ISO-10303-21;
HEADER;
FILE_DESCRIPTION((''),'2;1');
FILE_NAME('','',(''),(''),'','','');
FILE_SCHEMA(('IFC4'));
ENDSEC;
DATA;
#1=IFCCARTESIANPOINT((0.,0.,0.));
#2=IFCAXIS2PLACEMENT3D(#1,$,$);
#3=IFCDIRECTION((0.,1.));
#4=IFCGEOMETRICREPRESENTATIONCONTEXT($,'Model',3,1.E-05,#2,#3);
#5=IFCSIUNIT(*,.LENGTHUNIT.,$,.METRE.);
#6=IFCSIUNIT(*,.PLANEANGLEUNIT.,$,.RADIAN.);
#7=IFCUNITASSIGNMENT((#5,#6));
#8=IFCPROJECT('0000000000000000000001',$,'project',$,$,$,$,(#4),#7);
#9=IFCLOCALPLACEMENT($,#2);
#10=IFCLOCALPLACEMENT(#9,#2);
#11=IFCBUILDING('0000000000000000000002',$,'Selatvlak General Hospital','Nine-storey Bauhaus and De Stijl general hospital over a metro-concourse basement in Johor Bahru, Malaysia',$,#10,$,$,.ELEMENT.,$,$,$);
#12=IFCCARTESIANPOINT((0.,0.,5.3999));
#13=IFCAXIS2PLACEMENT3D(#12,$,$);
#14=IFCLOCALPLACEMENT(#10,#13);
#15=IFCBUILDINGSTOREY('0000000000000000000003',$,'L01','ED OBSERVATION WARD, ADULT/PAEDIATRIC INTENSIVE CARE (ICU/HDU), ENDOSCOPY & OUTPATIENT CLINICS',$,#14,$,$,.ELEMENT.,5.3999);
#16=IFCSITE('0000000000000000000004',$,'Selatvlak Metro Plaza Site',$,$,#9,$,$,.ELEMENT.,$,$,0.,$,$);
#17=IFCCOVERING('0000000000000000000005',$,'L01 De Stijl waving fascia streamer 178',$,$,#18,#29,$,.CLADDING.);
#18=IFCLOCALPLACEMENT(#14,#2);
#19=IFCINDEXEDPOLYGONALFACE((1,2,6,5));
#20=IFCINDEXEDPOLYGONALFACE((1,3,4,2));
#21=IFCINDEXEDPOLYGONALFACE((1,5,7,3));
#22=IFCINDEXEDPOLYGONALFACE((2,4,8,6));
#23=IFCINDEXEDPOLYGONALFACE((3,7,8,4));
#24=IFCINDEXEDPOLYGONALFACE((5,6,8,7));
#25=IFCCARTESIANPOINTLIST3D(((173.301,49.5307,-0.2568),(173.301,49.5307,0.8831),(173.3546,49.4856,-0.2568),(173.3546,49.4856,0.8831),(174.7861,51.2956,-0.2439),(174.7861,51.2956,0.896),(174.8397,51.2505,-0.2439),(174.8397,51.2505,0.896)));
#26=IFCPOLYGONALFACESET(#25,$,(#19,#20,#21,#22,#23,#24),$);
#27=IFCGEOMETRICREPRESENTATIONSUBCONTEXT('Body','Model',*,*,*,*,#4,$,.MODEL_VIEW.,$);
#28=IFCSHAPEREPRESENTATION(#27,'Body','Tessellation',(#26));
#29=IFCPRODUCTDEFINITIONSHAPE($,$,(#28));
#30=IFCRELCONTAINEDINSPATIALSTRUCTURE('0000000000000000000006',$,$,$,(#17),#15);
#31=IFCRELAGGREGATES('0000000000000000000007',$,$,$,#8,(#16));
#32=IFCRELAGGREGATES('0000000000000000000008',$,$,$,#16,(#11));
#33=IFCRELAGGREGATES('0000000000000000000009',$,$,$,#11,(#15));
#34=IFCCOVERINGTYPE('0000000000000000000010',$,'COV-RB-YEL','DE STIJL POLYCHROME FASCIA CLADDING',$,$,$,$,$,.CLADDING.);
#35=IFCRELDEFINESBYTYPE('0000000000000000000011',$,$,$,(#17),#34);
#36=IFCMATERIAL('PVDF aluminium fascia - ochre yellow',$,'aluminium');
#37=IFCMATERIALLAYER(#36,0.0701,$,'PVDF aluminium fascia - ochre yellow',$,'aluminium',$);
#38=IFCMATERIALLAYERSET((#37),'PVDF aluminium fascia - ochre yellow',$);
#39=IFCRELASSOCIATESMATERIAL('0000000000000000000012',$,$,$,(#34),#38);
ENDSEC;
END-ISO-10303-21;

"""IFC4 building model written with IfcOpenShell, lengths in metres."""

from ifc_helpers import new_model, si_unit, direction, frame, origin, place, context, subcontext, project, spatial, polyline, outline, extrude, material, layer, layer_set, type_object, element, save


model = new_model("IFC4")

# Units and contexts
model_context = context("Model", 3, precision=1e-05, world=origin(), true_north=direction((0.0, 1.0)))
body_context = subcontext(model_context, "Body", "Model", "MODEL_VIEW")
ifc_project = project(units=[si_unit("LENGTHUNIT", "METRE"), si_unit("PLANEANGLEUNIT", "RADIAN")], contexts=[model_context])

# Site, building, storey
site_placement = place(None, origin())
site = spatial("IfcSite", under=ifc_project, at=site_placement, Name="Selatvlak Metro Plaza Site", CompositionType="ELEMENT", RefElevation=0.0)
building_placement = place(site_placement, origin())
building = spatial("IfcBuilding", under=site, at=building_placement, Name="Selatvlak General Hospital", Description="Nine-storey Bauhaus and De Stijl general hospital over a metro-concourse basement in Johor Bahru, Malaysia", CompositionType="ELEMENT")
storey_placement = place(building_placement, frame((0.0, 0.0, 5.3999)))
storey = spatial("IfcBuildingStorey", under=building, at=storey_placement, Name="L01", Description="ED OBSERVATION WARD, ADULT/PAEDIATRIC INTENSIVE CARE (ICU/HDU), ENDOSCOPY & OUTPATIENT CLINICS", CompositionType="ELEMENT", Elevation=5.3999)

# Covering
ifc_material_1 = material(Name="PVDF aluminium fascia - ochre yellow", Category="aluminium")
ifc_layer_1 = layer(ifc_material_1, 0.0701, Name="PVDF aluminium fascia - ochre yellow", Category="aluminium")
ifc_layer_set_1 = layer_set([ifc_layer_1], Name="PVDF aluminium fascia - ochre yellow")
covering_type = type_object("IfcCoveringType", Name="COV-RB-YEL", Description="DE STIJL POLYCHROME FASCIA CLADDING", PredefinedType="CLADDING", material=ifc_layer_set_1)
covering_1_placement = place(storey_placement, frame((173.3279, 49.5081, -0.2568), z_axis=(0.0, 0.0, 1.0), x_axis=(0.643852, 0.76515, 0.0)))
element("IfcCovering", 1, at=covering_1_placement, inside=storey, type_object=covering_type, Name="L01 De Stijl waving fascia streamer 178", PredefinedType="CLADDING", context=body_context, shape_type="SweptSolid", body=[
    extrude(outline(polyline([(0.0, 0.0), (2.3066, 0.0129), (2.3066, 1.1528), (0.0, 1.1399), (0.0, 0.0)])), frame((0.0, 0.0352, 0.0), z_axis=(0.0, -1.0, 0.0), x_axis=(1.0, 0.0, 0.0)), (0.0, 0.0, 1.0), 0.0701),
])

save(model, "model.ifc")
